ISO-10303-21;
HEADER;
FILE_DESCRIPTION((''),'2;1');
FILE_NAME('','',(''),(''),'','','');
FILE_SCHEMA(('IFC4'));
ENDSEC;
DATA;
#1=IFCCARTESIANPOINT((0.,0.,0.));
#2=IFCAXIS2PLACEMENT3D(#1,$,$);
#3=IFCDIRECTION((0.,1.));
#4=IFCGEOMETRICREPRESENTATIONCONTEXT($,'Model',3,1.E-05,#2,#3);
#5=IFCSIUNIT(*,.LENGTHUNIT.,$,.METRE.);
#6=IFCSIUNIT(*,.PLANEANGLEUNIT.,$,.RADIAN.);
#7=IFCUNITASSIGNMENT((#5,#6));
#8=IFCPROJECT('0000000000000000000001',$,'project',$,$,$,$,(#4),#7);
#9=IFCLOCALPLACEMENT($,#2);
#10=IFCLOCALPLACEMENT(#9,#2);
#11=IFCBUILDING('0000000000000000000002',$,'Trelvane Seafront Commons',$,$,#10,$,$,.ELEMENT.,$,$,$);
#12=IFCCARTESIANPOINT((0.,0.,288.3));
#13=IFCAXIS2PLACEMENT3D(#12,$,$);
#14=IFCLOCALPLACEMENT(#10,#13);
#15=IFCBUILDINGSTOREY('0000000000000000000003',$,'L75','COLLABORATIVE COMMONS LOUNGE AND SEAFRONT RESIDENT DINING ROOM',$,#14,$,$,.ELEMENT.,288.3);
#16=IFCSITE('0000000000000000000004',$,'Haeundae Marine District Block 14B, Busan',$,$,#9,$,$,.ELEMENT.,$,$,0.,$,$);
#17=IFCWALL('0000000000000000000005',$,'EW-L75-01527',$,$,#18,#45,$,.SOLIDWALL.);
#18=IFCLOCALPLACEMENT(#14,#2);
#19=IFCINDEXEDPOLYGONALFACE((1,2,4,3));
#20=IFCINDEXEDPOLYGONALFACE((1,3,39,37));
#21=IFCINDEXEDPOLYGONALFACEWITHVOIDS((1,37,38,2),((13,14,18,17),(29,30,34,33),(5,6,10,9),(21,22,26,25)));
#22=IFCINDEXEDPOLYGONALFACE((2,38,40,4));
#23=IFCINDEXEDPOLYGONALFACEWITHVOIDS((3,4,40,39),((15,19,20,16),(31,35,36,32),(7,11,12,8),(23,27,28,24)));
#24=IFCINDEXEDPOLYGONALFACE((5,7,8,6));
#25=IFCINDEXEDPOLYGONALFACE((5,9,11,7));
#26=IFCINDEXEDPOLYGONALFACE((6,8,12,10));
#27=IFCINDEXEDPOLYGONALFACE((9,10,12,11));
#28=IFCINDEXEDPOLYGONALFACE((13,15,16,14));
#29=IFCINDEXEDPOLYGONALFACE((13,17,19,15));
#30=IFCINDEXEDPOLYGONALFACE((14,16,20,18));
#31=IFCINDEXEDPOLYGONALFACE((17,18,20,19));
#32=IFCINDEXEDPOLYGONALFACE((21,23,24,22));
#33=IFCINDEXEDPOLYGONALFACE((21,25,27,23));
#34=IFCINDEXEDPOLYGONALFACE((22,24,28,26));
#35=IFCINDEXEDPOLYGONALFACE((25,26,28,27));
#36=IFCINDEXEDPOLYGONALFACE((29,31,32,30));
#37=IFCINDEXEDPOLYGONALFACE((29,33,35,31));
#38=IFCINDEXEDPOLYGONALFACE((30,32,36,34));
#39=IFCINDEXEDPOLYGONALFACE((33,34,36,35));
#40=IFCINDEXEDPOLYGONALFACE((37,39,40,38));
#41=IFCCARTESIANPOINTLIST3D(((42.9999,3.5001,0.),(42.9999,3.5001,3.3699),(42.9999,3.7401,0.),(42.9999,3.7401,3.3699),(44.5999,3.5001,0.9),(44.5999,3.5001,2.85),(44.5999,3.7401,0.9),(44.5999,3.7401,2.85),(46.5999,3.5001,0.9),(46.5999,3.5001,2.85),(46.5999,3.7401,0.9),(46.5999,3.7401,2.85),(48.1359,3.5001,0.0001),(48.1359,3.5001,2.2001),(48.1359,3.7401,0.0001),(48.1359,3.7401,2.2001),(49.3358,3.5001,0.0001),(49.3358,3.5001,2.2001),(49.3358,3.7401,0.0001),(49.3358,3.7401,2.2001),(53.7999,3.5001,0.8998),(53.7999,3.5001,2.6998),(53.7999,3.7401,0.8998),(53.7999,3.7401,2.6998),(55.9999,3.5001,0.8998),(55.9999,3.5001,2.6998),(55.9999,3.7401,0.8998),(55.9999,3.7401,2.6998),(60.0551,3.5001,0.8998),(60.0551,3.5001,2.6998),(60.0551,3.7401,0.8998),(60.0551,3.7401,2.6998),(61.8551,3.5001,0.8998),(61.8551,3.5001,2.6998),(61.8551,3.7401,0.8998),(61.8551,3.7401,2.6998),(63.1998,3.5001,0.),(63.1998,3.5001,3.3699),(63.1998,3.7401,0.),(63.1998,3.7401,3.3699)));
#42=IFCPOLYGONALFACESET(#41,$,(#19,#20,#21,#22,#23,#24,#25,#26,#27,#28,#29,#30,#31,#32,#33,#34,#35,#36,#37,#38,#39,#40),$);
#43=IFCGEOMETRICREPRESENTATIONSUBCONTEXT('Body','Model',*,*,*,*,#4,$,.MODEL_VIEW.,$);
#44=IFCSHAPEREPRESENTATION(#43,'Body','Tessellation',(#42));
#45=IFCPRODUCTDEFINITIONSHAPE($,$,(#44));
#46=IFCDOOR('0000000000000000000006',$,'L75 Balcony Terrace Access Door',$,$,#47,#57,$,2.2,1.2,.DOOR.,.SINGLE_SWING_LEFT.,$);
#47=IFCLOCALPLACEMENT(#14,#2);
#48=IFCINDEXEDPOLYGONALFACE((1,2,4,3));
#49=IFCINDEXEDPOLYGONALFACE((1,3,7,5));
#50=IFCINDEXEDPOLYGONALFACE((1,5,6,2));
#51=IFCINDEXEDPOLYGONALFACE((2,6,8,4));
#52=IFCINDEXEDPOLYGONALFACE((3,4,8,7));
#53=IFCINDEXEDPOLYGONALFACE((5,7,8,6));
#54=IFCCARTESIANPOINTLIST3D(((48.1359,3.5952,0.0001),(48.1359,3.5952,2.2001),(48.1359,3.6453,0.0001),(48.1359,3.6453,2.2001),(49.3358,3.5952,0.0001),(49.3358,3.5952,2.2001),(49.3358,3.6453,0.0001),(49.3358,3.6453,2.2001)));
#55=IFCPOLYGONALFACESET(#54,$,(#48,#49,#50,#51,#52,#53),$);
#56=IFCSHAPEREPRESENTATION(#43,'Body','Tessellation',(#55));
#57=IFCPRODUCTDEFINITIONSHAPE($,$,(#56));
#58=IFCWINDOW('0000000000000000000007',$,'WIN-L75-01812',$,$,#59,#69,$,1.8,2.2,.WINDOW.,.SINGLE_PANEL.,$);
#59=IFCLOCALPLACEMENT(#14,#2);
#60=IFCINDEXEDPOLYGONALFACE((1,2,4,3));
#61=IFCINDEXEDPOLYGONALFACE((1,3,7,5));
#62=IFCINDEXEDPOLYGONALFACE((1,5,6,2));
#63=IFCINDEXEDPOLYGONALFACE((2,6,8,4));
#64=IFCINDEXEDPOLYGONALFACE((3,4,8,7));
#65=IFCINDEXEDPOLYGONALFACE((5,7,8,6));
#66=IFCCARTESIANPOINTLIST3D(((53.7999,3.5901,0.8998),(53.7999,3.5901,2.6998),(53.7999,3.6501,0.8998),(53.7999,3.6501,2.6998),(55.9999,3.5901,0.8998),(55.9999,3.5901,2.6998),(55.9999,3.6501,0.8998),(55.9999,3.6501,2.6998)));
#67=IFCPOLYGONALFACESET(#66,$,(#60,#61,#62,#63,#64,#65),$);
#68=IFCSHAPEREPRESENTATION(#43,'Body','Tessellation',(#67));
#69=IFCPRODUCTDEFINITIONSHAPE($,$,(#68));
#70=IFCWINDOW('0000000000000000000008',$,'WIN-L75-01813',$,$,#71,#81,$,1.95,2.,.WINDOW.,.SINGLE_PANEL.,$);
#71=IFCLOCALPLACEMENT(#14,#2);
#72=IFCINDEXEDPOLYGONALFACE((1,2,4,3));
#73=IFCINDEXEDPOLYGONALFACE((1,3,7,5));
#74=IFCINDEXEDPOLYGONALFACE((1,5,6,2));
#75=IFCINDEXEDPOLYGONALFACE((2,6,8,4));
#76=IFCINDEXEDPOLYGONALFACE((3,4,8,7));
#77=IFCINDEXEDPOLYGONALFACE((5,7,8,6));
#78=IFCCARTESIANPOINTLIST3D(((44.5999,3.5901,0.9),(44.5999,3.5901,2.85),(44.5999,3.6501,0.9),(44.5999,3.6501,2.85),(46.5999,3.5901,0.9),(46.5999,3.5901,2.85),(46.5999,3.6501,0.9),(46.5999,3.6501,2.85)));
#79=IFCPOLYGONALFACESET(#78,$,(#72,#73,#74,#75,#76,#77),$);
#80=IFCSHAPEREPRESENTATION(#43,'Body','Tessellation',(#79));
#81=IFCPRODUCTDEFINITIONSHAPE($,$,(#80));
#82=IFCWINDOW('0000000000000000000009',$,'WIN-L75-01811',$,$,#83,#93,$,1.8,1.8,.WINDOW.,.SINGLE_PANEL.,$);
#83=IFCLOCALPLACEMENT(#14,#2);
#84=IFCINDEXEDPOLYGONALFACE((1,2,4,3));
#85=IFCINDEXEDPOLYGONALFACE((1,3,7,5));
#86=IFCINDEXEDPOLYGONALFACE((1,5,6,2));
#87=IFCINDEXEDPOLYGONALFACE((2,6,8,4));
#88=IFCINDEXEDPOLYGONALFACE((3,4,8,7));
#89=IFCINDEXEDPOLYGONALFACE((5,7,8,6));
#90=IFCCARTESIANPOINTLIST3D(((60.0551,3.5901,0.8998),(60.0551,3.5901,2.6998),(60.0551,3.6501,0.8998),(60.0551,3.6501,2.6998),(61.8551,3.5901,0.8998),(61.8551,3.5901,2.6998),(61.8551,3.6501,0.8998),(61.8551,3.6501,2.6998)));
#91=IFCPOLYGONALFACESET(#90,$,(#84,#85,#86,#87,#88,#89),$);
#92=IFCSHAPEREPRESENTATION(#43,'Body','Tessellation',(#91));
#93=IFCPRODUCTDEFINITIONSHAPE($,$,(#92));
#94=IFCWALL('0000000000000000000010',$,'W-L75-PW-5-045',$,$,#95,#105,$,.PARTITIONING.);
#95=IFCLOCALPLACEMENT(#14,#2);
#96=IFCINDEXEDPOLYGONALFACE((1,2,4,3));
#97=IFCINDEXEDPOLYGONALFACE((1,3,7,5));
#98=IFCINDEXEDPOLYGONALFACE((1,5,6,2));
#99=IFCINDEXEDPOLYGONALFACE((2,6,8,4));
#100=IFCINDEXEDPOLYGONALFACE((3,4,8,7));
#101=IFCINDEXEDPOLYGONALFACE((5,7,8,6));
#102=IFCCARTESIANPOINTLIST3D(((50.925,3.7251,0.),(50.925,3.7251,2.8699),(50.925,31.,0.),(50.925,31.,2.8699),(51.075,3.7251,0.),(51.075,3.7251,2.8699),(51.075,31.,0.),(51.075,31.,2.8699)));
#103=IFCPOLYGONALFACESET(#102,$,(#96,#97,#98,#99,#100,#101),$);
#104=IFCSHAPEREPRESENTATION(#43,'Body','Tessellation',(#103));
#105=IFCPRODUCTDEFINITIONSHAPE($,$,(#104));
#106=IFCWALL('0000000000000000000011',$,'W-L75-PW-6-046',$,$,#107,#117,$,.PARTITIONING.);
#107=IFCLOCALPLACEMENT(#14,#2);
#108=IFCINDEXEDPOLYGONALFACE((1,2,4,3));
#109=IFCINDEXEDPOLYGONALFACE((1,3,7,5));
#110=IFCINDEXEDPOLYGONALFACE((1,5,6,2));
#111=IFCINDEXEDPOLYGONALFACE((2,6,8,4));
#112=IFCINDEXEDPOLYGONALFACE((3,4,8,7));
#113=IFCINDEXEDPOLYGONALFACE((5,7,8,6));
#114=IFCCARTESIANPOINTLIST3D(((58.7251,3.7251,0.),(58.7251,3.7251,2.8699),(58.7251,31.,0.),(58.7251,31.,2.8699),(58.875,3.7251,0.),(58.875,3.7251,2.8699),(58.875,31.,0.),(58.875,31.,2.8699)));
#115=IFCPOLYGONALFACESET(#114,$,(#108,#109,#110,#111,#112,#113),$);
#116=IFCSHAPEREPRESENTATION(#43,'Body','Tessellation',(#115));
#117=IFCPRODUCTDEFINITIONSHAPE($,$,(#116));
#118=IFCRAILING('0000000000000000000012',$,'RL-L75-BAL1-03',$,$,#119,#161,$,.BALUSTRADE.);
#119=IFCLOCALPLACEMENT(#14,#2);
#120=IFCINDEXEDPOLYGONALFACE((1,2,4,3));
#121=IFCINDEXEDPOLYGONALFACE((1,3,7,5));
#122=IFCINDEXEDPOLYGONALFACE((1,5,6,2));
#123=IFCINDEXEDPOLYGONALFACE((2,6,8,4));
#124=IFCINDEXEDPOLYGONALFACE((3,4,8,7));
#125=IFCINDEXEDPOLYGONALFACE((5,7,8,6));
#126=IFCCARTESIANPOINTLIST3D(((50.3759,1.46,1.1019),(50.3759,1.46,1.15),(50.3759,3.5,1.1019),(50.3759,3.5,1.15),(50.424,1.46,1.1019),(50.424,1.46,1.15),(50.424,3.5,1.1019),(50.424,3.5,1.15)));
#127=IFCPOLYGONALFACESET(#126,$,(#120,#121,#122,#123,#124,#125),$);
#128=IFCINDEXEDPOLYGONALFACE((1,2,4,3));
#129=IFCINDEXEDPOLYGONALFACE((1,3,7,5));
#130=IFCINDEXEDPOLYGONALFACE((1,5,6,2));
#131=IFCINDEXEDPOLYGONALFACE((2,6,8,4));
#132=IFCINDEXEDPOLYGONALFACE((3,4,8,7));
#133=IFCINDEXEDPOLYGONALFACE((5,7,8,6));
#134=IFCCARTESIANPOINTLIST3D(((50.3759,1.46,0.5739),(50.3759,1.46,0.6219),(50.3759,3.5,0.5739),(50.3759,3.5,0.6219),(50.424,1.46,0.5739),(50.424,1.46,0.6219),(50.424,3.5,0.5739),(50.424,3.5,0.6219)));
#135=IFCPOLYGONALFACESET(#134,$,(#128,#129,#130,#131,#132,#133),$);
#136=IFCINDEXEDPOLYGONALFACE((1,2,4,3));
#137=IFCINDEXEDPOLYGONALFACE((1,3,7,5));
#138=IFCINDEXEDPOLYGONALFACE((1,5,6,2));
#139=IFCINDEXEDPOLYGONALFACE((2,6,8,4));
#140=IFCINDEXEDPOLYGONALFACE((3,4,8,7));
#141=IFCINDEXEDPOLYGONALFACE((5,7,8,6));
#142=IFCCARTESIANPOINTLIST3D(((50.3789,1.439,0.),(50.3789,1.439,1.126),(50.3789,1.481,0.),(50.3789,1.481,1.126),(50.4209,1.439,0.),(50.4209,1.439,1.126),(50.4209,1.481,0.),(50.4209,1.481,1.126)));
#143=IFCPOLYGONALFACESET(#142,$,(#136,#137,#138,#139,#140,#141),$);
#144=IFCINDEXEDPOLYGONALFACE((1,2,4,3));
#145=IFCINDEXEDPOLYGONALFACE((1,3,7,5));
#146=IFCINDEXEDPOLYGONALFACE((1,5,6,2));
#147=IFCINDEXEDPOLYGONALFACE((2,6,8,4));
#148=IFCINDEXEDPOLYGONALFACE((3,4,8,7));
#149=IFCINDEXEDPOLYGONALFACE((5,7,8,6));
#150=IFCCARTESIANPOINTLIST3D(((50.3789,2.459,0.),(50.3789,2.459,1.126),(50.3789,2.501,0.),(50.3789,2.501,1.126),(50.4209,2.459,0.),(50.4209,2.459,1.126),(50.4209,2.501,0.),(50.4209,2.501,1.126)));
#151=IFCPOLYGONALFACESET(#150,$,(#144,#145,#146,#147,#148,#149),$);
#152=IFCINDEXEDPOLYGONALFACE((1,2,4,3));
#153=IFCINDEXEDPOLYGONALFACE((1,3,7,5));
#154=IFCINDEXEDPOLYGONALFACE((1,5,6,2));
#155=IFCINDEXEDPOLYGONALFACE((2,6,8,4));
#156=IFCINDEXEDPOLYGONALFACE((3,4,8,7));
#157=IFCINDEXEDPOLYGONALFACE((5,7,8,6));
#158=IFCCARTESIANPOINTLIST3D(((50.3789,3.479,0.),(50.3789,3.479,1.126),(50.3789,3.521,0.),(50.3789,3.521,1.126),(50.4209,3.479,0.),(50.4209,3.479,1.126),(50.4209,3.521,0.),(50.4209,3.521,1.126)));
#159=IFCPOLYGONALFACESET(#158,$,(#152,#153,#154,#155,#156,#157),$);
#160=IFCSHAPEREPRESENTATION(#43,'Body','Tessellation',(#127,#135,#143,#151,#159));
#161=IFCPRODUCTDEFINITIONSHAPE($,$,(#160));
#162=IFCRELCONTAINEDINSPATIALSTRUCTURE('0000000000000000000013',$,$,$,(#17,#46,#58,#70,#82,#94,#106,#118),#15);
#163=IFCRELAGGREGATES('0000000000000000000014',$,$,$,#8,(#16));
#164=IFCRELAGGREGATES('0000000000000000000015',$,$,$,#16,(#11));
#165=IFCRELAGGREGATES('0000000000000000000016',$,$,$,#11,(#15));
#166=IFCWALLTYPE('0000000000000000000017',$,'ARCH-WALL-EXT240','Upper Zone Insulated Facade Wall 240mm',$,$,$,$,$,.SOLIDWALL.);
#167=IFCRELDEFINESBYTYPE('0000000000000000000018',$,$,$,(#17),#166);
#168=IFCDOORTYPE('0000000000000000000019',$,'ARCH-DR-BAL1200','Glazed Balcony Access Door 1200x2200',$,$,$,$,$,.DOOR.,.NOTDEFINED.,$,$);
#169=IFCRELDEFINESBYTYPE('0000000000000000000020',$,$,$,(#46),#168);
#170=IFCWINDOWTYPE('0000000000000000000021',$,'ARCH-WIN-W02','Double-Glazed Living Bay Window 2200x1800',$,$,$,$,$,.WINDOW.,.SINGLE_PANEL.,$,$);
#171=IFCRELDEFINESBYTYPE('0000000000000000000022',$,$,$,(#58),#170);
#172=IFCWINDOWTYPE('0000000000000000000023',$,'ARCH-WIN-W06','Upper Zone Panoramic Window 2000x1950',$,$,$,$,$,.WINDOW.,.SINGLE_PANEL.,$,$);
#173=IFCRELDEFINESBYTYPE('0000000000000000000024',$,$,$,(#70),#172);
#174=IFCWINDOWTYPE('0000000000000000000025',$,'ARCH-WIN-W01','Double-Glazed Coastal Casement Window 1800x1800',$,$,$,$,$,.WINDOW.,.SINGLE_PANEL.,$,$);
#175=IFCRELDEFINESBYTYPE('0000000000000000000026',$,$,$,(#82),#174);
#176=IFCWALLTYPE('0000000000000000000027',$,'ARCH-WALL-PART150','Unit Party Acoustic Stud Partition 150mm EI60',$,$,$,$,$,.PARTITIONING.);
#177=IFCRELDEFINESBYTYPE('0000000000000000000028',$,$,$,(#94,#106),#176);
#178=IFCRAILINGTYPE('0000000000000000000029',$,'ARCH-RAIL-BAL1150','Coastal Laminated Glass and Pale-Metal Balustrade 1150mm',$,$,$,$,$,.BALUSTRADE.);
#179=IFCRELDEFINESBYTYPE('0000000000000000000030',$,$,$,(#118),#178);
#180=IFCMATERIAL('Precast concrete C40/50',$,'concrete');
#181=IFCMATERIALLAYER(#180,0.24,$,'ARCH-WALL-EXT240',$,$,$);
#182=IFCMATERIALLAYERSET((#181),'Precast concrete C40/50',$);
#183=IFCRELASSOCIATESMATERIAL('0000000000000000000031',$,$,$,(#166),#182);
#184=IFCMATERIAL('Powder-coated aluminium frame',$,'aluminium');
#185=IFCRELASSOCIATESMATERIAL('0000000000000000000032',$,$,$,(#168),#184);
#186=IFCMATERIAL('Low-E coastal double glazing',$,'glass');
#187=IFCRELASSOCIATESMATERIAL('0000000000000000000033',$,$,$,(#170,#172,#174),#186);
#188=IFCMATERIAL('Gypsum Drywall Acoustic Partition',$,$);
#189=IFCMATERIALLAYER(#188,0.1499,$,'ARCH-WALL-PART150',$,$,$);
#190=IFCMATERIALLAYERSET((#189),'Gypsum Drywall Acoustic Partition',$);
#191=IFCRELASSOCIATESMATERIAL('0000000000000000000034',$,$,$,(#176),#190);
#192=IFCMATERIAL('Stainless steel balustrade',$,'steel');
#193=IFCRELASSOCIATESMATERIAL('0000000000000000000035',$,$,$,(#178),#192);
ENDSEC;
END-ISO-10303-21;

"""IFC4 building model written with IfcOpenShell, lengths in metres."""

from ifc_helpers import new_model, si_unit, direction, frame, frame_2d, origin, origin_2d, place, context, subcontext, project, spatial, rectangle, extrude, source, transform, mapped, material, layer, layer_set, type_object, element, fill, save


model = new_model("IFC4")

# Units and contexts
model_context = context("Model", 3, precision=1e-05, world=origin(), true_north=direction((0.0, 1.0)))
body_context = subcontext(model_context, "Body", "Model", "MODEL_VIEW")
ifc_project = project(units=[si_unit("LENGTHUNIT", "METRE"), si_unit("PLANEANGLEUNIT", "RADIAN")], contexts=[model_context])

# Site, building, storey
site_placement = place(None, origin())
site = spatial("IfcSite", under=ifc_project, at=site_placement, Name="Haeundae Marine District Block 14B, Busan", CompositionType="ELEMENT", RefElevation=0.0)
building_placement = place(site_placement, origin())
building = spatial("IfcBuilding", under=site, at=building_placement, Name="Trelvane Seafront Commons", CompositionType="ELEMENT")
storey_placement = place(building_placement, frame((0.0, 0.0, 288.3)))
storey = spatial("IfcBuildingStorey", under=building, at=storey_placement, Name="L75", Description="COLLABORATIVE COMMONS LOUNGE AND SEAFRONT RESIDENT DINING ROOM", CompositionType="ELEMENT", Elevation=288.3)

# Shared definitions
ifc_material_1 = material(Name="Precast concrete C40/50", Category="concrete")
ifc_layer_1 = layer(ifc_material_1, 0.24, Name="ARCH-WALL-EXT240")
ifc_layer_set_1 = layer_set([ifc_layer_1], Name="Precast concrete C40/50")
wall_type_1 = type_object("IfcWallType", Name="ARCH-WALL-EXT240", Description="Upper Zone Insulated Facade Wall 240mm", PredefinedType="SOLIDWALL", material=ifc_layer_set_1)

# Wall, openings, door, windows
wall_1_placement = place(storey_placement, frame((63.2, 3.6201, 0.0), z_axis=(0.0, 0.0, 1.0), x_axis=(-1.0, 0.0, 0.0)))
wall_1 = element("IfcWall", 1, at=wall_1_placement, inside=storey, type_object=wall_type_1, Name="EW-L75-01527", PredefinedType="SOLIDWALL", context=body_context, shape_type="SweptSolid", body=[
    extrude(rectangle(XDim=20.2, YDim=0.24, at=frame_2d((10.1001, 0.0))), origin(), (0.0, 0.0, 1.0), 3.3699),
])
opening_1_placement = place(wall_1_placement, frame((1.345, 0.0, 0.8999)))
opening_1 = element("IfcOpeningElement", 2, at=opening_1_placement, cuts=wall_1, PredefinedType="OPENING", context=body_context, shape_type="SweptSolid", body=[
    extrude(rectangle(XDim=1.8, YDim=1.8, at=frame_2d((0.8999, 0.8999))), frame((0.0, 0.1299, 0.0), z_axis=(0.0, -1.0, 0.0), x_axis=(1.0, 0.0, 0.0)), (0.0, 0.0, 1.0), 0.26),
])
opening_2_placement = place(wall_1_placement, frame((7.2, 0.0, 0.8999)))
opening_2 = element("IfcOpeningElement", 3, at=opening_2_placement, cuts=wall_1, PredefinedType="OPENING", context=body_context, shape_type="SweptSolid", body=[
    extrude(rectangle(XDim=2.2, YDim=1.8, at=frame_2d((1.1001, 0.8999))), frame((0.0, 0.1299, 0.0), z_axis=(0.0, -1.0, 0.0), x_axis=(1.0, 0.0, 0.0)), (0.0, 0.0, 1.0), 0.26),
])
opening_3_placement = place(wall_1_placement, frame((13.864, 0.0, 0.0)))
opening_3 = element("IfcOpeningElement", 4, at=opening_3_placement, cuts=wall_1, PredefinedType="OPENING", context=body_context, shape_type="SweptSolid", body=[
    extrude(rectangle(XDim=1.2, YDim=2.2, at=frame_2d((0.6001, 1.1001))), frame((0.0, 0.1299, 0.0), z_axis=(0.0, -1.0, 0.0), x_axis=(1.0, 0.0, 0.0)), (0.0, 0.0, 1.0), 0.26),
])
opening_4_placement = place(wall_1_placement, frame((16.6001, 0.0, 0.8999)))
opening_4 = element("IfcOpeningElement", 5, at=opening_4_placement, cuts=wall_1, PredefinedType="OPENING", context=body_context, shape_type="SweptSolid", body=[
    extrude(rectangle(XDim=2.0, YDim=1.95, at=frame_2d((1.0, 0.9751))), frame((0.0, 0.1299, 0.0), z_axis=(0.0, -1.0, 0.0), x_axis=(1.0, 0.0, 0.0)), (0.0, 0.0, 1.0), 0.26),
])
ifc_material_2 = material(Name="Powder-coated aluminium frame", Category="aluminium")
door_type = type_object("IfcDoorType", Name="ARCH-DR-BAL1200", Description="Glazed Balcony Access Door 1200x2200", OperationType="NOTDEFINED", PredefinedType="DOOR", material=ifc_material_2)
shared_shape_1 = source(origin(), body_context, "Body", "SweptSolid", [
    extrude(rectangle(XDim=1.2, YDim=2.2, at=frame_2d((0.6001, 1.1001))), frame((0.0, 0.0249, 0.0), z_axis=(0.0, -1.0, 0.0), x_axis=(1.0, 0.0, 0.0)), (0.0, 0.0, 1.0), 0.05),
])
door_placement = place(opening_3_placement, origin())
door = element("IfcDoor", 6, at=door_placement, inside=storey, type_object=door_type, Name="L75 Balcony Terrace Access Door", OperationType="SINGLE_SWING_LEFT", OverallHeight=2.2, OverallWidth=1.2, PredefinedType="DOOR", context=body_context, shape_type="MappedRepresentation", body=[
    mapped(shared_shape_1, transform((0.0, 0.0, 0.0), x_axis=(1.0, 0.0, 0.0), y_axis=(0.0, 1.0, 0.0), z_axis=(0.0, 0.0, 1.0), scale=1.0)),
])
fill(opening_3, door)
ifc_material_3 = material(Name="Low-E coastal double glazing", Category="glass")
window_type_1 = type_object("IfcWindowType", Name="ARCH-WIN-W02", Description="Double-Glazed Living Bay Window 2200x1800", PartitioningType="SINGLE_PANEL", PredefinedType="WINDOW", material=ifc_material_3)
shared_shape_2 = source(origin(), body_context, "Body", "SweptSolid", [
    extrude(rectangle(XDim=2.2, YDim=1.8, at=frame_2d((1.1001, 0.8999))), frame((0.0, 0.03, 0.0), z_axis=(0.0, -1.0, 0.0), x_axis=(1.0, 0.0, 0.0)), (0.0, 0.0, 1.0), 0.0601),
])
window_1_placement = place(opening_2_placement, origin())
window_1 = element("IfcWindow", 7, at=window_1_placement, inside=storey, type_object=window_type_1, Name="WIN-L75-01812", OverallHeight=1.8, OverallWidth=2.2, PartitioningType="SINGLE_PANEL", PredefinedType="WINDOW", context=body_context, shape_type="MappedRepresentation", body=[
    mapped(shared_shape_2, transform((0.0, 0.0, 0.0), x_axis=(1.0, 0.0, 0.0), y_axis=(0.0, 1.0, 0.0), z_axis=(0.0, 0.0, 1.0), scale=1.0)),
])
fill(opening_2, window_1)
window_type_2 = type_object("IfcWindowType", Name="ARCH-WIN-W06", Description="Upper Zone Panoramic Window 2000x1950", PartitioningType="SINGLE_PANEL", PredefinedType="WINDOW", material=ifc_material_3)
shared_shape_3 = source(origin(), body_context, "Body", "SweptSolid", [
    extrude(rectangle(XDim=2.0, YDim=1.95, at=frame_2d((1.0, 0.9751))), frame((0.0, 0.03, 0.0), z_axis=(0.0, -1.0, 0.0), x_axis=(1.0, 0.0, 0.0)), (0.0, 0.0, 1.0), 0.0601),
])
window_2_placement = place(opening_4_placement, origin())
window_2 = element("IfcWindow", 8, at=window_2_placement, inside=storey, type_object=window_type_2, Name="WIN-L75-01813", OverallHeight=1.95, OverallWidth=2.0, PartitioningType="SINGLE_PANEL", PredefinedType="WINDOW", context=body_context, shape_type="MappedRepresentation", body=[
    mapped(shared_shape_3, transform((0.0, 0.0, 0.0), x_axis=(1.0, 0.0, 0.0), y_axis=(0.0, 1.0, 0.0), z_axis=(0.0, 0.0, 1.0), scale=1.0)),
])
fill(opening_4, window_2)
window_type_3 = type_object("IfcWindowType", Name="ARCH-WIN-W01", Description="Double-Glazed Coastal Casement Window 1800x1800", PartitioningType="SINGLE_PANEL", PredefinedType="WINDOW", material=ifc_material_3)
shared_shape_4 = source(origin(), body_context, "Body", "SweptSolid", [
    extrude(rectangle(XDim=1.8, YDim=1.8, at=frame_2d((0.8999, 0.8999))), frame((0.0, 0.03, 0.0), z_axis=(0.0, -1.0, 0.0), x_axis=(1.0, 0.0, 0.0)), (0.0, 0.0, 1.0), 0.0601),
])
window_3_placement = place(opening_1_placement, origin())
window_3 = element("IfcWindow", 9, at=window_3_placement, inside=storey, type_object=window_type_3, Name="WIN-L75-01811", OverallHeight=1.8, OverallWidth=1.8, PartitioningType="SINGLE_PANEL", PredefinedType="WINDOW", context=body_context, shape_type="MappedRepresentation", body=[
    mapped(shared_shape_4, transform((0.0, 0.0, 0.0), x_axis=(1.0, 0.0, 0.0), y_axis=(0.0, 1.0, 0.0), z_axis=(0.0, 0.0, 1.0), scale=1.0)),
])
fill(opening_1, window_3)

# Walls
ifc_material_4 = material(Name="Gypsum Drywall Acoustic Partition")
ifc_layer_2 = layer(ifc_material_4, 0.1499, Name="ARCH-WALL-PART150")
ifc_layer_set_2 = layer_set([ifc_layer_2], Name="Gypsum Drywall Acoustic Partition")
wall_type_2 = type_object("IfcWallType", Name="ARCH-WALL-PART150", Description="Unit Party Acoustic Stud Partition 150mm EI60", PredefinedType="PARTITIONING", material=ifc_layer_set_2)
for number, where, z_axis, x_axis, name in (
    (10, (51.0, 3.7251, 0.0), (0.0, 0.0, 1.0), (0.0, 1.0, 0.0), "W-L75-PW-5-045"),
    (11, (58.8, 3.7251, 0.0), (0.0, 0.0, 1.0), (0.0, 1.0, 0.0), "W-L75-PW-6-046"),
):
    element("IfcWall", number, at=place(storey_placement, frame(where, z_axis=z_axis, x_axis=x_axis)), inside=storey, type_object=wall_type_2, Name=name, PredefinedType="PARTITIONING", context=body_context, shape_type="SweptSolid", body=[
        extrude(rectangle(XDim=27.2749, YDim=0.1499, at=frame_2d((13.6375, 0.0))), origin(), (0.0, 0.0, 1.0), 2.8699),
    ])

# Railing
ifc_material_5 = material(Name="Stainless steel balustrade", Category="steel")
railing_type = type_object("IfcRailingType", Name="ARCH-RAIL-BAL1150", Description="Coastal Laminated Glass and Pale-Metal Balustrade 1150mm", PredefinedType="BALUSTRADE", material=ifc_material_5)
railing_placement = place(storey_placement, frame((50.3999, 1.46, 0.0)))
element("IfcRailing", 12, at=railing_placement, inside=storey, type_object=railing_type, Name="RL-L75-BAL1-03", PredefinedType="BALUSTRADE", context=body_context, shape_type="SweptSolid", body=[
    extrude(rectangle(XDim=0.0481, YDim=0.0481, at=origin_2d()), frame((0.0, 0.0, 1.126), z_axis=(0.0, 1.0, 0.0), x_axis=(-1.0, 0.0, 0.0)), (0.0, 0.0, 1.0), 2.04),
    extrude(rectangle(XDim=0.0481, YDim=0.0481, at=origin_2d()), frame((0.0, 0.0, 0.5979), z_axis=(0.0, 1.0, 0.0), x_axis=(-1.0, 0.0, 0.0)), (0.0, 0.0, 1.0), 2.04),
    extrude(rectangle(XDim=0.042, YDim=0.042, at=origin_2d()), origin(), (0.0, 0.0, 1.0), 1.126),
    extrude(rectangle(XDim=0.042, YDim=0.042, at=origin_2d()), frame((0.0, 1.02, 0.0)), (0.0, 0.0, 1.0), 1.126),
    extrude(rectangle(XDim=0.042, YDim=0.042, at=origin_2d()), frame((0.0, 2.04, 0.0)), (0.0, 0.0, 1.0), 1.126),
])

save(model, "model.ifc")
